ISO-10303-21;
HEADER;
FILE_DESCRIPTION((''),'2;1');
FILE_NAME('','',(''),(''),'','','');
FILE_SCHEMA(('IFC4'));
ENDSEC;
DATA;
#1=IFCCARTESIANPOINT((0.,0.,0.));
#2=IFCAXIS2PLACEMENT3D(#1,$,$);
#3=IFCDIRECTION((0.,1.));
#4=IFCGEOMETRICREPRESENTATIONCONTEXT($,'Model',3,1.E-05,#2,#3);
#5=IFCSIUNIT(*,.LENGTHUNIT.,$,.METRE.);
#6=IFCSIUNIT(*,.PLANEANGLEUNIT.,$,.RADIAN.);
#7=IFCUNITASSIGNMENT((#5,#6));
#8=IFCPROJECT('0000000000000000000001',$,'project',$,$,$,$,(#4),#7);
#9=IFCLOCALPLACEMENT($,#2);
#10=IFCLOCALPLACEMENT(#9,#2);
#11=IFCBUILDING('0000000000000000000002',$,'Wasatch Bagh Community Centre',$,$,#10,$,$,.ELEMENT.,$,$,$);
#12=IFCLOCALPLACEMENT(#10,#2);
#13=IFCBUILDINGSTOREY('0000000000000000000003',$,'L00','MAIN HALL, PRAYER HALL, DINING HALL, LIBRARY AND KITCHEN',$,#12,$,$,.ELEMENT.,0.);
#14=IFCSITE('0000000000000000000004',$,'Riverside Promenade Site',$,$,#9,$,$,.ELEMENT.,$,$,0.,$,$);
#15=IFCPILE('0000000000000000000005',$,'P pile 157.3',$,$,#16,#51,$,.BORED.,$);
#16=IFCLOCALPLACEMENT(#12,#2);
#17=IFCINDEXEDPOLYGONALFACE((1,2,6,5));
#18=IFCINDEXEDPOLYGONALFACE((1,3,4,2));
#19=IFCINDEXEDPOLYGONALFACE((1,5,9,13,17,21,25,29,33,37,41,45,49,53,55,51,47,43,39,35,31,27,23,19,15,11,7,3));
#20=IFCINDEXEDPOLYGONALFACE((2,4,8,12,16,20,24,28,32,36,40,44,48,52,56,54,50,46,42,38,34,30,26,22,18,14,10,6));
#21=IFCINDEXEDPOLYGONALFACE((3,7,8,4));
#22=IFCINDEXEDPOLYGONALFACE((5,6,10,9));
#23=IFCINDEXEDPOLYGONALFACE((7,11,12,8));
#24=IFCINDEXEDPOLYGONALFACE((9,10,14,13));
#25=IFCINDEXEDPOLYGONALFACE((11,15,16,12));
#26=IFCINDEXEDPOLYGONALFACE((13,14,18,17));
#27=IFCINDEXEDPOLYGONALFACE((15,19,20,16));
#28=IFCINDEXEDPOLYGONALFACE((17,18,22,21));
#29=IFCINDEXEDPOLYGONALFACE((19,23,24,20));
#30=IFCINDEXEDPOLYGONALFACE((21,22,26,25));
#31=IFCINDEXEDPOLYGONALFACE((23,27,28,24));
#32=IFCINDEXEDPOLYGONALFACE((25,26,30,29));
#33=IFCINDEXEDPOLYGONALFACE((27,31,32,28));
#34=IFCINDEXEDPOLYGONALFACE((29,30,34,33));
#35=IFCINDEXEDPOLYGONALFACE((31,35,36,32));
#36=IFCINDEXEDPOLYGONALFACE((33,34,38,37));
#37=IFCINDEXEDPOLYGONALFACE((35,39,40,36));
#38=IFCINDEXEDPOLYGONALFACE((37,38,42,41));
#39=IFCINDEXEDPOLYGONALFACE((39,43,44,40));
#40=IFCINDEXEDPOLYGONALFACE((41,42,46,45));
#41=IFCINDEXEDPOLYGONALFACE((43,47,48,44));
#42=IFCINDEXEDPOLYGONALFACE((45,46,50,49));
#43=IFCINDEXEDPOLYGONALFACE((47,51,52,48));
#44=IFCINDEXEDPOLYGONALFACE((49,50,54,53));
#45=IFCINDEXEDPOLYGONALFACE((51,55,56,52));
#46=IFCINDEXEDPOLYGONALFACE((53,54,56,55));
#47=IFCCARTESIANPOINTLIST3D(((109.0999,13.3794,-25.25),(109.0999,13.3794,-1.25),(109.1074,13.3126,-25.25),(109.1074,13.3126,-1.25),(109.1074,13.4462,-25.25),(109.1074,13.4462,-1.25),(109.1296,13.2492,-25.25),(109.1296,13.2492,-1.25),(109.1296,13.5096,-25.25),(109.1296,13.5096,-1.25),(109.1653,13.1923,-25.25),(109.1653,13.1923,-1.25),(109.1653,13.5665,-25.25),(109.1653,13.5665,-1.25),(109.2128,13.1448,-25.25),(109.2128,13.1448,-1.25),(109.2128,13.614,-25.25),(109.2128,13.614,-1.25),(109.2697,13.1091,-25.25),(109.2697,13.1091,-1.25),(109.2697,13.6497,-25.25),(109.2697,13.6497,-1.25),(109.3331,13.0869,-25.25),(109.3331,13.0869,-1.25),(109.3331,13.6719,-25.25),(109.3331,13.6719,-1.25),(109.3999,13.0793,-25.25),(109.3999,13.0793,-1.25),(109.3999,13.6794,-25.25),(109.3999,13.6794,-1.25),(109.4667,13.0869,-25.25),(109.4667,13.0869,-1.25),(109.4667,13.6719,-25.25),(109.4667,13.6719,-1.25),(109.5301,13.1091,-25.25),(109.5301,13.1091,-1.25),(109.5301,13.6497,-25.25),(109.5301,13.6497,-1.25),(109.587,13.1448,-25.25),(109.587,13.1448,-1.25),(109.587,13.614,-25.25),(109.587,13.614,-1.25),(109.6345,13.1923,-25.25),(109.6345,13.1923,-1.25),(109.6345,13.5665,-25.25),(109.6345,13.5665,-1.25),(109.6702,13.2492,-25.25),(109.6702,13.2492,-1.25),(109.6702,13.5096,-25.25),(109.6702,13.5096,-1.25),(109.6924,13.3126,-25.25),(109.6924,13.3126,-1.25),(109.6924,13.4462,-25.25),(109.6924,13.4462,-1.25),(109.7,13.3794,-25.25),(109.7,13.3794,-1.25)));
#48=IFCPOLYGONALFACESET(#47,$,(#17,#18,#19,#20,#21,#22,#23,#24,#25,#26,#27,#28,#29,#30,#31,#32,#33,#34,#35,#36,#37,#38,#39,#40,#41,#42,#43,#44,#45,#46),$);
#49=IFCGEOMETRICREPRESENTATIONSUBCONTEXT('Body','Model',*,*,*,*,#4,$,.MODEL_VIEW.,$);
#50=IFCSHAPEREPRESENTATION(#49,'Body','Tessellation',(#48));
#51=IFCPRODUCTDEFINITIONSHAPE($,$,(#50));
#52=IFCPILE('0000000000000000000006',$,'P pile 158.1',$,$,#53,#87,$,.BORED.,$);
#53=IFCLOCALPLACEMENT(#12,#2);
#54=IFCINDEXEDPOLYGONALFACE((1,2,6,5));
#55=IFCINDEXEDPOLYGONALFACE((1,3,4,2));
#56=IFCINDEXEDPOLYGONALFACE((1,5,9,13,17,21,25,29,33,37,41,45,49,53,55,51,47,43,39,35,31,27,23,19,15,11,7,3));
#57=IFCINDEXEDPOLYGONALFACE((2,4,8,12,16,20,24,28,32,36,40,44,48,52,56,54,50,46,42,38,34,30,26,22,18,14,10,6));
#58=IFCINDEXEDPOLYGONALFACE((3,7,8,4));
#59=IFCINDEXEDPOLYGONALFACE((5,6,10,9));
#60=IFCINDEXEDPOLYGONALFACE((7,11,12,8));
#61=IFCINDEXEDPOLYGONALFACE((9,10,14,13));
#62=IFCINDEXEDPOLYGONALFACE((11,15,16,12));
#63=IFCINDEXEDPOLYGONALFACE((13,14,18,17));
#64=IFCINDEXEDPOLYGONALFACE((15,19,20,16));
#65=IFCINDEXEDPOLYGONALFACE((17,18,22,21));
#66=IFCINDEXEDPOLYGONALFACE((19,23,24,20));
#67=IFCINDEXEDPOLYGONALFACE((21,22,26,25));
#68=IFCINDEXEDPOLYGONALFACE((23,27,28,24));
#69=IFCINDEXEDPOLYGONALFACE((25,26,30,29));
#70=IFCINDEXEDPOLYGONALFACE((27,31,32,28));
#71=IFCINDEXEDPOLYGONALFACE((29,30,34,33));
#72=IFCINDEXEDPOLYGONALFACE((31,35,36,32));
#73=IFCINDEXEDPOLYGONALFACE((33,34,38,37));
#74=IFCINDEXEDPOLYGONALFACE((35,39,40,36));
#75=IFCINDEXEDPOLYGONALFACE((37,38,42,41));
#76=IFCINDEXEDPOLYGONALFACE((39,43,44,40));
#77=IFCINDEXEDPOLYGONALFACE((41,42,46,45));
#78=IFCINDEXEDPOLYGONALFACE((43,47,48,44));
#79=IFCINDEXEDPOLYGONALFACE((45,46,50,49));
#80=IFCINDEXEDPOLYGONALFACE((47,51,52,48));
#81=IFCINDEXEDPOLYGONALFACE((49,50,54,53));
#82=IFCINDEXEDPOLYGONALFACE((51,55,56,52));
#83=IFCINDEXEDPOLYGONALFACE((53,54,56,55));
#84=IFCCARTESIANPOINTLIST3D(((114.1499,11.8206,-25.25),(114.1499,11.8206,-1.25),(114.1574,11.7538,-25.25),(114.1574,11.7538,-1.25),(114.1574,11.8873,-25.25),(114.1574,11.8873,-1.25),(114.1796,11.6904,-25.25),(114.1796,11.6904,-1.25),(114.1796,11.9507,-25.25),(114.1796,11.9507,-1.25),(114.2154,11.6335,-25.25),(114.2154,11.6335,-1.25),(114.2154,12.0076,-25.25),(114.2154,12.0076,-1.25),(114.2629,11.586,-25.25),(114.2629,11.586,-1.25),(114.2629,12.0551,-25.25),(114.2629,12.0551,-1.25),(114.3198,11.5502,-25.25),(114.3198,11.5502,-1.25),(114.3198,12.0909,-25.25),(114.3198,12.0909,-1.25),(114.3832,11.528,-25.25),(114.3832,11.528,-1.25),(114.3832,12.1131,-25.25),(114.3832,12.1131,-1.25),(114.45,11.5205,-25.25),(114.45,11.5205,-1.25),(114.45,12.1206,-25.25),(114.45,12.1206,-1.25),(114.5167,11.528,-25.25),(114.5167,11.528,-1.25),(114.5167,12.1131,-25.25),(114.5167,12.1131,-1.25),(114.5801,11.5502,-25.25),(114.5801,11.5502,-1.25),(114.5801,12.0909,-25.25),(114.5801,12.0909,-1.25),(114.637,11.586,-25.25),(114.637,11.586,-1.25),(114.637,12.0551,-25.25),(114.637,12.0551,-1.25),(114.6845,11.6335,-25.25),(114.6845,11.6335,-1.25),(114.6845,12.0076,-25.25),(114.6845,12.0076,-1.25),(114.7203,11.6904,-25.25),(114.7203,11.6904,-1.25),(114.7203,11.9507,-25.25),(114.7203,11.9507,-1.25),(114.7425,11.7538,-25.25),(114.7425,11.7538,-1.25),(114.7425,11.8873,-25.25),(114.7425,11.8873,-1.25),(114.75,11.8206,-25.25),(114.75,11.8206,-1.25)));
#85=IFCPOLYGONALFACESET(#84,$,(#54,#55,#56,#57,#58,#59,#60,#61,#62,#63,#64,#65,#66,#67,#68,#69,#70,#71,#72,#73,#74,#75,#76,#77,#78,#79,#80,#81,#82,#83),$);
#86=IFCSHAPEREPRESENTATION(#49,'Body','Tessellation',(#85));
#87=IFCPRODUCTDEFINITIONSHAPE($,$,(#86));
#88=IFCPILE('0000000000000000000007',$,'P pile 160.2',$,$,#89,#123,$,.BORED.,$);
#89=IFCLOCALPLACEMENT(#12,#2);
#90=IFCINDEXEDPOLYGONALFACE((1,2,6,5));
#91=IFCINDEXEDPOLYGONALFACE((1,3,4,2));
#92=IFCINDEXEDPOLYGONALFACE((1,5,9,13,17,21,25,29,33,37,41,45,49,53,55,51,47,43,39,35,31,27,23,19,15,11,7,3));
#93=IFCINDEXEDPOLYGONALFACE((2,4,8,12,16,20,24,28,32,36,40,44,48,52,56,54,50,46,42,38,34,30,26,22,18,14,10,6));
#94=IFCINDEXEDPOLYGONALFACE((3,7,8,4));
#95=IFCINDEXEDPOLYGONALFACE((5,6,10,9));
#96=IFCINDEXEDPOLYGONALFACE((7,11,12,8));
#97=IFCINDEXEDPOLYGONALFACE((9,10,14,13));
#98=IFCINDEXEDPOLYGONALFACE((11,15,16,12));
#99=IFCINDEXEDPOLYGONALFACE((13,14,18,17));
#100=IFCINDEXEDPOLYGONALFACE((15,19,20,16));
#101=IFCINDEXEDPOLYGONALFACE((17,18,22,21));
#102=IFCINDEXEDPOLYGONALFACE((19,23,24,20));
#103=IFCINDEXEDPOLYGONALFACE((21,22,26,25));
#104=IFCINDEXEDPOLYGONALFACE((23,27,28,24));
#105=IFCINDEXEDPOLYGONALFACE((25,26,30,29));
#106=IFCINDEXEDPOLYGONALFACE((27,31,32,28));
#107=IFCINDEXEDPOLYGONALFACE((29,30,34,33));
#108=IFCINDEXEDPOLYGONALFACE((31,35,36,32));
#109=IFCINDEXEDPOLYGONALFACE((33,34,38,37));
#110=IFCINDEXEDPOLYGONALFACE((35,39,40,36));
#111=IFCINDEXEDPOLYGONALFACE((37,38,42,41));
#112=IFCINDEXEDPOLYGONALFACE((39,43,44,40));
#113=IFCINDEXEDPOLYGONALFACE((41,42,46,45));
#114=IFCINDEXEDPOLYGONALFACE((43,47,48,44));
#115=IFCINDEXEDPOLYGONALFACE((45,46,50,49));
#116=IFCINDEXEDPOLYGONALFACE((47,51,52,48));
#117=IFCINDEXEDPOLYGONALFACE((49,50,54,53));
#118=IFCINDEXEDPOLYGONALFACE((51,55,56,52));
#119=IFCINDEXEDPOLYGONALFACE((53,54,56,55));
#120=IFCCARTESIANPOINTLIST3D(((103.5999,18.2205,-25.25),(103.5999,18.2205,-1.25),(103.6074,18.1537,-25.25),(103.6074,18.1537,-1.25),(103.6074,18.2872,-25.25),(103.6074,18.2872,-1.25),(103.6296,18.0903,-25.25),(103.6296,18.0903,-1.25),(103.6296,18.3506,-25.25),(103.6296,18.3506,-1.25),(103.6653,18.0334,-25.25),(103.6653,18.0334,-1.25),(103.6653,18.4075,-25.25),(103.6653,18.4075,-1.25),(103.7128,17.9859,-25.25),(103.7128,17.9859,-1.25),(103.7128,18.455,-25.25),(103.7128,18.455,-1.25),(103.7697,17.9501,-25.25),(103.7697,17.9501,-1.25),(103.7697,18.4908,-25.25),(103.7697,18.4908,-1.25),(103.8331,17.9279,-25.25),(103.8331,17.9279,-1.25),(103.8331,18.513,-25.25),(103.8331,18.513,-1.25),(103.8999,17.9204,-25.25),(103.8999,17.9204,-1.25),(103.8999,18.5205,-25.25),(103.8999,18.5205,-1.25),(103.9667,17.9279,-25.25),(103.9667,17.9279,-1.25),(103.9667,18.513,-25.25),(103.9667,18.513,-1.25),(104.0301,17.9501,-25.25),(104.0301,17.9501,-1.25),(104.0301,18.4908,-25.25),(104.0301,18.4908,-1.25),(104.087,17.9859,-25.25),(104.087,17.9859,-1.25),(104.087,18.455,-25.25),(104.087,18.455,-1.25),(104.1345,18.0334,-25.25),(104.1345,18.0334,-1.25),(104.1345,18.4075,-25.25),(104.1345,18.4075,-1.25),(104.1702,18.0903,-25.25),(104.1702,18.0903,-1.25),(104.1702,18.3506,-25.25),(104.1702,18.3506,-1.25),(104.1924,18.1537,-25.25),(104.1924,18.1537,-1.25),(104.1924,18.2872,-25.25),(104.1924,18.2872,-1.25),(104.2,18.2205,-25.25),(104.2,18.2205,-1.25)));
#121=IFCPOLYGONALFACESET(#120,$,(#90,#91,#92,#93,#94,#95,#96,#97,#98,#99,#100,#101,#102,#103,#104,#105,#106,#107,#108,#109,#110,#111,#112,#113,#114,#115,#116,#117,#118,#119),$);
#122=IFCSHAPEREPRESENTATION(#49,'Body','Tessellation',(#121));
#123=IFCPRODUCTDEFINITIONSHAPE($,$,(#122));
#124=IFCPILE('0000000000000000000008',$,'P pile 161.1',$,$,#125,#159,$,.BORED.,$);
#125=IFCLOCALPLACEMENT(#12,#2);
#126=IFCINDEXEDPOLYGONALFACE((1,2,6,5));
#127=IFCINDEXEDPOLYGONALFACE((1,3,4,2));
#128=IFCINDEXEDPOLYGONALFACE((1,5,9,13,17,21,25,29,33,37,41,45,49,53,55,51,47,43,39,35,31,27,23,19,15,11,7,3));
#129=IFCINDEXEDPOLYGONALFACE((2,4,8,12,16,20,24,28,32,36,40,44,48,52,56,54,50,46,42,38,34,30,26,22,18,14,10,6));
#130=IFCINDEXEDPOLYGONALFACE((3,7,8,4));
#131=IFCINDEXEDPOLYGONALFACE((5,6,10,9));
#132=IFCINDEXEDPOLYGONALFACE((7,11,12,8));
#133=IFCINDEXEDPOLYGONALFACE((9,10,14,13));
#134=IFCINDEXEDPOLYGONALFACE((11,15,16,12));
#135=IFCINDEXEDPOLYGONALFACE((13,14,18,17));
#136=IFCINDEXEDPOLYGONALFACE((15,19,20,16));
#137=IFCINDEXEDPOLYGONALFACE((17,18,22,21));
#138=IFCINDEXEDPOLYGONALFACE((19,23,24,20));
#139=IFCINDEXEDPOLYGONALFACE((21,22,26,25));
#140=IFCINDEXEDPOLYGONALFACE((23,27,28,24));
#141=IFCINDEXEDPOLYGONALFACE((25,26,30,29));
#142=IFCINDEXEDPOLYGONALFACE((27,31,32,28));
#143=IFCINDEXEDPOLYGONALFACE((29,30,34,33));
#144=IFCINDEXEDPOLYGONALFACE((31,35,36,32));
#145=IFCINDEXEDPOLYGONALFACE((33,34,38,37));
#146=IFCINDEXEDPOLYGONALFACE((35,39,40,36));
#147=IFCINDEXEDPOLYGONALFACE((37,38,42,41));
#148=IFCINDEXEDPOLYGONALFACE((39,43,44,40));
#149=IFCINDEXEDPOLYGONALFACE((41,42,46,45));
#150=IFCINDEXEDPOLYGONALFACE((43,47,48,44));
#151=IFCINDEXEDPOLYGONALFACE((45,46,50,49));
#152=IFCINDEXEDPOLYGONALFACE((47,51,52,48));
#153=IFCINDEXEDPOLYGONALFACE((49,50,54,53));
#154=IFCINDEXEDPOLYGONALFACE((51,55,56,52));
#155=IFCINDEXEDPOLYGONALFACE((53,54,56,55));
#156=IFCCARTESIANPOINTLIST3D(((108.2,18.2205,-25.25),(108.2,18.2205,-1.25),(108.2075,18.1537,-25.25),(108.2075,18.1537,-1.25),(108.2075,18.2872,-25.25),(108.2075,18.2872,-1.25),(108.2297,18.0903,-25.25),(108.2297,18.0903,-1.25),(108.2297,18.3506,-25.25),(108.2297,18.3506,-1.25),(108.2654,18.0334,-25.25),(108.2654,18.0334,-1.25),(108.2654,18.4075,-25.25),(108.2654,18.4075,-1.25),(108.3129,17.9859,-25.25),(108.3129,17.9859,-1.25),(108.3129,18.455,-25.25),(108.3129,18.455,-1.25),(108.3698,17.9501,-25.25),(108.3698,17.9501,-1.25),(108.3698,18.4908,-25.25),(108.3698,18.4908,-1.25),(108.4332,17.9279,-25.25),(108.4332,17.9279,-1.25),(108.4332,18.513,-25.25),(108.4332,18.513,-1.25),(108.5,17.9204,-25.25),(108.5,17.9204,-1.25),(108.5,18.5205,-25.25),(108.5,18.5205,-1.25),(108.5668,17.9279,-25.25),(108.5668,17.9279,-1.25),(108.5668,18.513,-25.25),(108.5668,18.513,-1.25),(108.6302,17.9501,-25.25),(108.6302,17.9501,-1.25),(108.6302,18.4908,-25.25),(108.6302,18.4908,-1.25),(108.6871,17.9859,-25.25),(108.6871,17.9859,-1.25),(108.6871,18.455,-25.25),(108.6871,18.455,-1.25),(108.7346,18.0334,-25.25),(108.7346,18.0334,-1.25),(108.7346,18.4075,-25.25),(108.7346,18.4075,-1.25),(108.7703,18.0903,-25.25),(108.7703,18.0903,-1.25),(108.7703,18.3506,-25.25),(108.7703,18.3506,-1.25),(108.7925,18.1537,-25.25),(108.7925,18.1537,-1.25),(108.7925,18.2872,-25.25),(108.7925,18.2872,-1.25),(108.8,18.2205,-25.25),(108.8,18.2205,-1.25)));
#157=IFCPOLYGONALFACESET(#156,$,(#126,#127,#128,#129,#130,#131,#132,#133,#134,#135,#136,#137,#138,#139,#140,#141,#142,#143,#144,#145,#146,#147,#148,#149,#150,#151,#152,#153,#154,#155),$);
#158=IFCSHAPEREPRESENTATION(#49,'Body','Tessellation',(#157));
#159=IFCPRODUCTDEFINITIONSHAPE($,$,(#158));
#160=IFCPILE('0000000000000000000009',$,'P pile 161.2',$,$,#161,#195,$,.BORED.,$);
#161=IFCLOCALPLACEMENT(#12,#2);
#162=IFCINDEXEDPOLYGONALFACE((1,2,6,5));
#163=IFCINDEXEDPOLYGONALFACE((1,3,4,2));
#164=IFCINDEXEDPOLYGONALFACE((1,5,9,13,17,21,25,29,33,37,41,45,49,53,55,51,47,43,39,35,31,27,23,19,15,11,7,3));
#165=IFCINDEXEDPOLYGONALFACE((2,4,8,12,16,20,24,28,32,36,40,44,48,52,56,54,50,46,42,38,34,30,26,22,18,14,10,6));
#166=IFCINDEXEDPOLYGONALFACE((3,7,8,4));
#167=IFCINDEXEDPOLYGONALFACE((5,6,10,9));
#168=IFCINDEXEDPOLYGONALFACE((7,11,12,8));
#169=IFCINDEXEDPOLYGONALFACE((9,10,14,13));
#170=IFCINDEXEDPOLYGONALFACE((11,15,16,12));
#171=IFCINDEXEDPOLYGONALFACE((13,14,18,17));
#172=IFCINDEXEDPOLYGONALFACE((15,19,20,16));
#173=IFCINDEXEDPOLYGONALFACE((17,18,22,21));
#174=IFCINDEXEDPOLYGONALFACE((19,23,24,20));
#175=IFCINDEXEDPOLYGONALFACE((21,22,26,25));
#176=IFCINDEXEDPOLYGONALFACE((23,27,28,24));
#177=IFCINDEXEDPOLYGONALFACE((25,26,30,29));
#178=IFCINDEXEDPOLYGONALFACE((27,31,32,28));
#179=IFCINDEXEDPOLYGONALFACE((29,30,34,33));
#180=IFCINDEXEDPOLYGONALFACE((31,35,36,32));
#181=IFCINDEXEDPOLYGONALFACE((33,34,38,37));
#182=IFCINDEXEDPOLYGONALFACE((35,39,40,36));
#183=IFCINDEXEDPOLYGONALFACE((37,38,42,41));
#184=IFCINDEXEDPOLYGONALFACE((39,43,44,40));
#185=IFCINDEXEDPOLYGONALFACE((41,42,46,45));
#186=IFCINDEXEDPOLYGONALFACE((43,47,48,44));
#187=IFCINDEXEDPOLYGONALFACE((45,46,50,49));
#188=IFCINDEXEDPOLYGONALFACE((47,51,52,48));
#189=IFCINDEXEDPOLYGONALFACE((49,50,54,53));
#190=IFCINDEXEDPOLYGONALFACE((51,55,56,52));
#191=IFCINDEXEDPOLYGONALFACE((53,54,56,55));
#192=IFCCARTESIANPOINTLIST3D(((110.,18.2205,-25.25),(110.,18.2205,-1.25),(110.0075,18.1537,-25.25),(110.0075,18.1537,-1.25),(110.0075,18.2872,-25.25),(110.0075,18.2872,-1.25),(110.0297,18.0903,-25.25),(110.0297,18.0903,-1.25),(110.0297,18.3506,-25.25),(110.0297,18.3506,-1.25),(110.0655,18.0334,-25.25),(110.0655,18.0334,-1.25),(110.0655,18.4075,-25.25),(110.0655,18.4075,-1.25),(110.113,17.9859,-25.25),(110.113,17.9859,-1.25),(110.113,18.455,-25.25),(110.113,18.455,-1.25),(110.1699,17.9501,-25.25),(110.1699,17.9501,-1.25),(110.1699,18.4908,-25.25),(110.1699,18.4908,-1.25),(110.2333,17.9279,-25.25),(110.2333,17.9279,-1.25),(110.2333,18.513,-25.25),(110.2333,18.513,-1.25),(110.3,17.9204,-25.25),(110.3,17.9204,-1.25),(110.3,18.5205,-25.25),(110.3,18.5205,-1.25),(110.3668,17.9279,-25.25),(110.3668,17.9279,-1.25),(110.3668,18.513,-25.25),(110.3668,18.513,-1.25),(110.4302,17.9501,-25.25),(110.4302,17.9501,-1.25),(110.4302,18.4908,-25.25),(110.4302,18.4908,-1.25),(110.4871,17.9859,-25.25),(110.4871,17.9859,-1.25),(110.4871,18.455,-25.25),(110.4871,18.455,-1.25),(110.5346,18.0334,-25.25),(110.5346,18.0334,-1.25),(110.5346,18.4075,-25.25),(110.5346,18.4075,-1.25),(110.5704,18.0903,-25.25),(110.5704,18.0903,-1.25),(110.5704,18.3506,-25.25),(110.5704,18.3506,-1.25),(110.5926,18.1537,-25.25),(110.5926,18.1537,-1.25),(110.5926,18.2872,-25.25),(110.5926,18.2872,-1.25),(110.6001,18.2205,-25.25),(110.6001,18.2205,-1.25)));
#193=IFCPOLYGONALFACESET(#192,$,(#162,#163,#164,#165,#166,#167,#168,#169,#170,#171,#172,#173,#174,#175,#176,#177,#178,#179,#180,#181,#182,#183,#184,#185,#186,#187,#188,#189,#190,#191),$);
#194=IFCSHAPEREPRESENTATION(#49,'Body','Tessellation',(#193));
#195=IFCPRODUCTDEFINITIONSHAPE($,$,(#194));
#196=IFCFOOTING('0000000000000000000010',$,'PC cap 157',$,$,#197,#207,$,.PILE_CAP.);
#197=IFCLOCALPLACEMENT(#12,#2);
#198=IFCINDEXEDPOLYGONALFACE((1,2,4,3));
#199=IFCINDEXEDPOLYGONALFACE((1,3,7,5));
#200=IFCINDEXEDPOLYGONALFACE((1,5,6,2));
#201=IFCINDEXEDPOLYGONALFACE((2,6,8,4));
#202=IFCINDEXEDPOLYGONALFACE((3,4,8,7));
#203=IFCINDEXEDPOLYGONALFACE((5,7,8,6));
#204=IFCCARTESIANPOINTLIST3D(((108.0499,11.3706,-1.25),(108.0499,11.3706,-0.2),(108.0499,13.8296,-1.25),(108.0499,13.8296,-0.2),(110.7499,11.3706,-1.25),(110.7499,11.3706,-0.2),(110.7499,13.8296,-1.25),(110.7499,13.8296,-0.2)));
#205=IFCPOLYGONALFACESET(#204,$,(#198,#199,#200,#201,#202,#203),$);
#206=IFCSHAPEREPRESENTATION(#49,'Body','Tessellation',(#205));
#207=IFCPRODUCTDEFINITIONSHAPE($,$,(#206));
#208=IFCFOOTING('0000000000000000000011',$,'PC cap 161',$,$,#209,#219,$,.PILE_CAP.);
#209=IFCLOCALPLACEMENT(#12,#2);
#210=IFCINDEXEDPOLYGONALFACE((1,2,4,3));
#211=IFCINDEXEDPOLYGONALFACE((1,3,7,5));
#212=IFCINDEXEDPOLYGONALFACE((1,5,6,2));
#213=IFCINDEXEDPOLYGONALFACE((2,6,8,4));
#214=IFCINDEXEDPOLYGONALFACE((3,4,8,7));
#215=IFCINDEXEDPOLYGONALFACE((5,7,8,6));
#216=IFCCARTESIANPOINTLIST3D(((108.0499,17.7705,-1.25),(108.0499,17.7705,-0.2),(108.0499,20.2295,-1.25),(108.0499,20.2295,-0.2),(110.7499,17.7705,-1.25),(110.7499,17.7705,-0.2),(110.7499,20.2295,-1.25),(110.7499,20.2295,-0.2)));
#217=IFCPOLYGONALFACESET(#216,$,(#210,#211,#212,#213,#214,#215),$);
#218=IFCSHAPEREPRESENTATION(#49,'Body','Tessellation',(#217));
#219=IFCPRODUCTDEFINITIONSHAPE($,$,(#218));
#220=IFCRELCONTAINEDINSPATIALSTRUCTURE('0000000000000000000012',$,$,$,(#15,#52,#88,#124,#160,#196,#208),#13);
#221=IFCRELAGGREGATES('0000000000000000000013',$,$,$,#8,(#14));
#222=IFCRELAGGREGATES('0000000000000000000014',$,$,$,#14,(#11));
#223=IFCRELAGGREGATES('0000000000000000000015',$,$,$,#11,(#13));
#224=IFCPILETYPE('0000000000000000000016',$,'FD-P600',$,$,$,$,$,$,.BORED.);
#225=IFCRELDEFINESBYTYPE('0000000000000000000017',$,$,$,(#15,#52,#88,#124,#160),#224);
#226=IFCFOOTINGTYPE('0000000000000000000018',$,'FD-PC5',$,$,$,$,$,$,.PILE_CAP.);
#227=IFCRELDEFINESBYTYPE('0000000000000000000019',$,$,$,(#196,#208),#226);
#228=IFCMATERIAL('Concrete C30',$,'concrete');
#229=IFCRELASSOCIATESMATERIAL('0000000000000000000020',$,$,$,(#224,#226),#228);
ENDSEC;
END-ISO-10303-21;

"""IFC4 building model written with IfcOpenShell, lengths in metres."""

from ifc_helpers import new_model, si_unit, direction, frame, origin, origin_2d, place, context, subcontext, project, spatial, rectangle, circle, extrude, material, material_profile, profile_set, type_object, element, save


model = new_model("IFC4")

# Units and contexts
model_context = context("Model", 3, precision=1e-05, world=origin(), true_north=direction((0.0, 1.0)))
body_context = subcontext(model_context, "Body", "Model", "MODEL_VIEW")
ifc_project = project(units=[si_unit("LENGTHUNIT", "METRE"), si_unit("PLANEANGLEUNIT", "RADIAN")], contexts=[model_context])

# Site, building, storey
site_placement = place(None, origin())
site = spatial("IfcSite", under=ifc_project, at=site_placement, Name="Riverside Promenade Site", CompositionType="ELEMENT", RefElevation=0.0)
building_placement = place(site_placement, origin())
building = spatial("IfcBuilding", under=site, at=building_placement, Name="Wasatch Bagh Community Centre", CompositionType="ELEMENT")
storey_placement = place(building_placement, origin())
storey = spatial("IfcBuildingStorey", under=building, at=storey_placement, Name="L00", Description="MAIN HALL, PRAYER HALL, DINING HALL, LIBRARY AND KITCHEN", CompositionType="ELEMENT", Elevation=0.0)

# Piles
ifc_material_1 = material(Name="Concrete C30", Category="concrete")
ifc_material_profile_1 = material_profile(ifc_material_1, circle(Radius=0.3, at=origin_2d()), Name="RC D600")
ifc_profile_set_1 = profile_set([ifc_material_profile_1], Name="Concrete C30")
pile_type = type_object("IfcPileType", Name="FD-P600", PredefinedType="BORED", material=ifc_profile_set_1)
for number, where, z_axis, x_axis, name in (
    (1, (109.3999, 13.3794, -1.25), (0.0, 0.0, -1.0), (1.0, 0.0, 0.0), "P pile 157.3"),
    (2, (114.45, 11.8206, -1.25), (0.0, 0.0, -1.0), (1.0, 0.0, 0.0), "P pile 158.1"),
    (3, (103.8999, 18.2205, -1.25), (0.0, 0.0, -1.0), (1.0, 0.0, 0.0), "P pile 160.2"),
    (4, (108.5, 18.2205, -1.25), (0.0, 0.0, -1.0), (1.0, 0.0, 0.0), "P pile 161.1"),
    (5, (110.3, 18.2205, -1.25), (0.0, 0.0, -1.0), (1.0, 0.0, 0.0), "P pile 161.2"),
):
    element("IfcPile", number, at=place(storey_placement, frame(where, z_axis=z_axis, x_axis=x_axis)), inside=storey, type_object=pile_type, Name=name, PredefinedType="BORED", context=body_context, shape_type="SweptSolid", body=[
        extrude(circle(Radius=0.3, at=origin_2d()), origin(), (0.0, 0.0, 1.0), 24.0),
    ])

# Footings
footing_type_1 = type_object("IfcFootingType", Name="FD-PC5", PredefinedType="PILE_CAP", material=ifc_material_1)
for number, where, z_axis, x_axis, name in (
    (6, (109.3999, 12.6001, -1.25), (0.0, 0.0, 1.0), (1.0, 0.0, 0.0), "PC cap 157"),
    (7, (109.3999, 19.0, -1.25), (0.0, 0.0, 1.0), (1.0, 0.0, 0.0), "PC cap 161"),
):
    element("IfcFooting", number, at=place(storey_placement, frame(where, z_axis=z_axis, x_axis=x_axis)), inside=storey, type_object=footing_type_1, Name=name, PredefinedType="PILE_CAP", context=body_context, shape_type="SweptSolid", body=[
        extrude(rectangle(XDim=2.7, YDim=2.459, at=origin_2d()), origin(), (0.0, 0.0, 1.0), 1.05),
    ])

save(model, "model.ifc")
